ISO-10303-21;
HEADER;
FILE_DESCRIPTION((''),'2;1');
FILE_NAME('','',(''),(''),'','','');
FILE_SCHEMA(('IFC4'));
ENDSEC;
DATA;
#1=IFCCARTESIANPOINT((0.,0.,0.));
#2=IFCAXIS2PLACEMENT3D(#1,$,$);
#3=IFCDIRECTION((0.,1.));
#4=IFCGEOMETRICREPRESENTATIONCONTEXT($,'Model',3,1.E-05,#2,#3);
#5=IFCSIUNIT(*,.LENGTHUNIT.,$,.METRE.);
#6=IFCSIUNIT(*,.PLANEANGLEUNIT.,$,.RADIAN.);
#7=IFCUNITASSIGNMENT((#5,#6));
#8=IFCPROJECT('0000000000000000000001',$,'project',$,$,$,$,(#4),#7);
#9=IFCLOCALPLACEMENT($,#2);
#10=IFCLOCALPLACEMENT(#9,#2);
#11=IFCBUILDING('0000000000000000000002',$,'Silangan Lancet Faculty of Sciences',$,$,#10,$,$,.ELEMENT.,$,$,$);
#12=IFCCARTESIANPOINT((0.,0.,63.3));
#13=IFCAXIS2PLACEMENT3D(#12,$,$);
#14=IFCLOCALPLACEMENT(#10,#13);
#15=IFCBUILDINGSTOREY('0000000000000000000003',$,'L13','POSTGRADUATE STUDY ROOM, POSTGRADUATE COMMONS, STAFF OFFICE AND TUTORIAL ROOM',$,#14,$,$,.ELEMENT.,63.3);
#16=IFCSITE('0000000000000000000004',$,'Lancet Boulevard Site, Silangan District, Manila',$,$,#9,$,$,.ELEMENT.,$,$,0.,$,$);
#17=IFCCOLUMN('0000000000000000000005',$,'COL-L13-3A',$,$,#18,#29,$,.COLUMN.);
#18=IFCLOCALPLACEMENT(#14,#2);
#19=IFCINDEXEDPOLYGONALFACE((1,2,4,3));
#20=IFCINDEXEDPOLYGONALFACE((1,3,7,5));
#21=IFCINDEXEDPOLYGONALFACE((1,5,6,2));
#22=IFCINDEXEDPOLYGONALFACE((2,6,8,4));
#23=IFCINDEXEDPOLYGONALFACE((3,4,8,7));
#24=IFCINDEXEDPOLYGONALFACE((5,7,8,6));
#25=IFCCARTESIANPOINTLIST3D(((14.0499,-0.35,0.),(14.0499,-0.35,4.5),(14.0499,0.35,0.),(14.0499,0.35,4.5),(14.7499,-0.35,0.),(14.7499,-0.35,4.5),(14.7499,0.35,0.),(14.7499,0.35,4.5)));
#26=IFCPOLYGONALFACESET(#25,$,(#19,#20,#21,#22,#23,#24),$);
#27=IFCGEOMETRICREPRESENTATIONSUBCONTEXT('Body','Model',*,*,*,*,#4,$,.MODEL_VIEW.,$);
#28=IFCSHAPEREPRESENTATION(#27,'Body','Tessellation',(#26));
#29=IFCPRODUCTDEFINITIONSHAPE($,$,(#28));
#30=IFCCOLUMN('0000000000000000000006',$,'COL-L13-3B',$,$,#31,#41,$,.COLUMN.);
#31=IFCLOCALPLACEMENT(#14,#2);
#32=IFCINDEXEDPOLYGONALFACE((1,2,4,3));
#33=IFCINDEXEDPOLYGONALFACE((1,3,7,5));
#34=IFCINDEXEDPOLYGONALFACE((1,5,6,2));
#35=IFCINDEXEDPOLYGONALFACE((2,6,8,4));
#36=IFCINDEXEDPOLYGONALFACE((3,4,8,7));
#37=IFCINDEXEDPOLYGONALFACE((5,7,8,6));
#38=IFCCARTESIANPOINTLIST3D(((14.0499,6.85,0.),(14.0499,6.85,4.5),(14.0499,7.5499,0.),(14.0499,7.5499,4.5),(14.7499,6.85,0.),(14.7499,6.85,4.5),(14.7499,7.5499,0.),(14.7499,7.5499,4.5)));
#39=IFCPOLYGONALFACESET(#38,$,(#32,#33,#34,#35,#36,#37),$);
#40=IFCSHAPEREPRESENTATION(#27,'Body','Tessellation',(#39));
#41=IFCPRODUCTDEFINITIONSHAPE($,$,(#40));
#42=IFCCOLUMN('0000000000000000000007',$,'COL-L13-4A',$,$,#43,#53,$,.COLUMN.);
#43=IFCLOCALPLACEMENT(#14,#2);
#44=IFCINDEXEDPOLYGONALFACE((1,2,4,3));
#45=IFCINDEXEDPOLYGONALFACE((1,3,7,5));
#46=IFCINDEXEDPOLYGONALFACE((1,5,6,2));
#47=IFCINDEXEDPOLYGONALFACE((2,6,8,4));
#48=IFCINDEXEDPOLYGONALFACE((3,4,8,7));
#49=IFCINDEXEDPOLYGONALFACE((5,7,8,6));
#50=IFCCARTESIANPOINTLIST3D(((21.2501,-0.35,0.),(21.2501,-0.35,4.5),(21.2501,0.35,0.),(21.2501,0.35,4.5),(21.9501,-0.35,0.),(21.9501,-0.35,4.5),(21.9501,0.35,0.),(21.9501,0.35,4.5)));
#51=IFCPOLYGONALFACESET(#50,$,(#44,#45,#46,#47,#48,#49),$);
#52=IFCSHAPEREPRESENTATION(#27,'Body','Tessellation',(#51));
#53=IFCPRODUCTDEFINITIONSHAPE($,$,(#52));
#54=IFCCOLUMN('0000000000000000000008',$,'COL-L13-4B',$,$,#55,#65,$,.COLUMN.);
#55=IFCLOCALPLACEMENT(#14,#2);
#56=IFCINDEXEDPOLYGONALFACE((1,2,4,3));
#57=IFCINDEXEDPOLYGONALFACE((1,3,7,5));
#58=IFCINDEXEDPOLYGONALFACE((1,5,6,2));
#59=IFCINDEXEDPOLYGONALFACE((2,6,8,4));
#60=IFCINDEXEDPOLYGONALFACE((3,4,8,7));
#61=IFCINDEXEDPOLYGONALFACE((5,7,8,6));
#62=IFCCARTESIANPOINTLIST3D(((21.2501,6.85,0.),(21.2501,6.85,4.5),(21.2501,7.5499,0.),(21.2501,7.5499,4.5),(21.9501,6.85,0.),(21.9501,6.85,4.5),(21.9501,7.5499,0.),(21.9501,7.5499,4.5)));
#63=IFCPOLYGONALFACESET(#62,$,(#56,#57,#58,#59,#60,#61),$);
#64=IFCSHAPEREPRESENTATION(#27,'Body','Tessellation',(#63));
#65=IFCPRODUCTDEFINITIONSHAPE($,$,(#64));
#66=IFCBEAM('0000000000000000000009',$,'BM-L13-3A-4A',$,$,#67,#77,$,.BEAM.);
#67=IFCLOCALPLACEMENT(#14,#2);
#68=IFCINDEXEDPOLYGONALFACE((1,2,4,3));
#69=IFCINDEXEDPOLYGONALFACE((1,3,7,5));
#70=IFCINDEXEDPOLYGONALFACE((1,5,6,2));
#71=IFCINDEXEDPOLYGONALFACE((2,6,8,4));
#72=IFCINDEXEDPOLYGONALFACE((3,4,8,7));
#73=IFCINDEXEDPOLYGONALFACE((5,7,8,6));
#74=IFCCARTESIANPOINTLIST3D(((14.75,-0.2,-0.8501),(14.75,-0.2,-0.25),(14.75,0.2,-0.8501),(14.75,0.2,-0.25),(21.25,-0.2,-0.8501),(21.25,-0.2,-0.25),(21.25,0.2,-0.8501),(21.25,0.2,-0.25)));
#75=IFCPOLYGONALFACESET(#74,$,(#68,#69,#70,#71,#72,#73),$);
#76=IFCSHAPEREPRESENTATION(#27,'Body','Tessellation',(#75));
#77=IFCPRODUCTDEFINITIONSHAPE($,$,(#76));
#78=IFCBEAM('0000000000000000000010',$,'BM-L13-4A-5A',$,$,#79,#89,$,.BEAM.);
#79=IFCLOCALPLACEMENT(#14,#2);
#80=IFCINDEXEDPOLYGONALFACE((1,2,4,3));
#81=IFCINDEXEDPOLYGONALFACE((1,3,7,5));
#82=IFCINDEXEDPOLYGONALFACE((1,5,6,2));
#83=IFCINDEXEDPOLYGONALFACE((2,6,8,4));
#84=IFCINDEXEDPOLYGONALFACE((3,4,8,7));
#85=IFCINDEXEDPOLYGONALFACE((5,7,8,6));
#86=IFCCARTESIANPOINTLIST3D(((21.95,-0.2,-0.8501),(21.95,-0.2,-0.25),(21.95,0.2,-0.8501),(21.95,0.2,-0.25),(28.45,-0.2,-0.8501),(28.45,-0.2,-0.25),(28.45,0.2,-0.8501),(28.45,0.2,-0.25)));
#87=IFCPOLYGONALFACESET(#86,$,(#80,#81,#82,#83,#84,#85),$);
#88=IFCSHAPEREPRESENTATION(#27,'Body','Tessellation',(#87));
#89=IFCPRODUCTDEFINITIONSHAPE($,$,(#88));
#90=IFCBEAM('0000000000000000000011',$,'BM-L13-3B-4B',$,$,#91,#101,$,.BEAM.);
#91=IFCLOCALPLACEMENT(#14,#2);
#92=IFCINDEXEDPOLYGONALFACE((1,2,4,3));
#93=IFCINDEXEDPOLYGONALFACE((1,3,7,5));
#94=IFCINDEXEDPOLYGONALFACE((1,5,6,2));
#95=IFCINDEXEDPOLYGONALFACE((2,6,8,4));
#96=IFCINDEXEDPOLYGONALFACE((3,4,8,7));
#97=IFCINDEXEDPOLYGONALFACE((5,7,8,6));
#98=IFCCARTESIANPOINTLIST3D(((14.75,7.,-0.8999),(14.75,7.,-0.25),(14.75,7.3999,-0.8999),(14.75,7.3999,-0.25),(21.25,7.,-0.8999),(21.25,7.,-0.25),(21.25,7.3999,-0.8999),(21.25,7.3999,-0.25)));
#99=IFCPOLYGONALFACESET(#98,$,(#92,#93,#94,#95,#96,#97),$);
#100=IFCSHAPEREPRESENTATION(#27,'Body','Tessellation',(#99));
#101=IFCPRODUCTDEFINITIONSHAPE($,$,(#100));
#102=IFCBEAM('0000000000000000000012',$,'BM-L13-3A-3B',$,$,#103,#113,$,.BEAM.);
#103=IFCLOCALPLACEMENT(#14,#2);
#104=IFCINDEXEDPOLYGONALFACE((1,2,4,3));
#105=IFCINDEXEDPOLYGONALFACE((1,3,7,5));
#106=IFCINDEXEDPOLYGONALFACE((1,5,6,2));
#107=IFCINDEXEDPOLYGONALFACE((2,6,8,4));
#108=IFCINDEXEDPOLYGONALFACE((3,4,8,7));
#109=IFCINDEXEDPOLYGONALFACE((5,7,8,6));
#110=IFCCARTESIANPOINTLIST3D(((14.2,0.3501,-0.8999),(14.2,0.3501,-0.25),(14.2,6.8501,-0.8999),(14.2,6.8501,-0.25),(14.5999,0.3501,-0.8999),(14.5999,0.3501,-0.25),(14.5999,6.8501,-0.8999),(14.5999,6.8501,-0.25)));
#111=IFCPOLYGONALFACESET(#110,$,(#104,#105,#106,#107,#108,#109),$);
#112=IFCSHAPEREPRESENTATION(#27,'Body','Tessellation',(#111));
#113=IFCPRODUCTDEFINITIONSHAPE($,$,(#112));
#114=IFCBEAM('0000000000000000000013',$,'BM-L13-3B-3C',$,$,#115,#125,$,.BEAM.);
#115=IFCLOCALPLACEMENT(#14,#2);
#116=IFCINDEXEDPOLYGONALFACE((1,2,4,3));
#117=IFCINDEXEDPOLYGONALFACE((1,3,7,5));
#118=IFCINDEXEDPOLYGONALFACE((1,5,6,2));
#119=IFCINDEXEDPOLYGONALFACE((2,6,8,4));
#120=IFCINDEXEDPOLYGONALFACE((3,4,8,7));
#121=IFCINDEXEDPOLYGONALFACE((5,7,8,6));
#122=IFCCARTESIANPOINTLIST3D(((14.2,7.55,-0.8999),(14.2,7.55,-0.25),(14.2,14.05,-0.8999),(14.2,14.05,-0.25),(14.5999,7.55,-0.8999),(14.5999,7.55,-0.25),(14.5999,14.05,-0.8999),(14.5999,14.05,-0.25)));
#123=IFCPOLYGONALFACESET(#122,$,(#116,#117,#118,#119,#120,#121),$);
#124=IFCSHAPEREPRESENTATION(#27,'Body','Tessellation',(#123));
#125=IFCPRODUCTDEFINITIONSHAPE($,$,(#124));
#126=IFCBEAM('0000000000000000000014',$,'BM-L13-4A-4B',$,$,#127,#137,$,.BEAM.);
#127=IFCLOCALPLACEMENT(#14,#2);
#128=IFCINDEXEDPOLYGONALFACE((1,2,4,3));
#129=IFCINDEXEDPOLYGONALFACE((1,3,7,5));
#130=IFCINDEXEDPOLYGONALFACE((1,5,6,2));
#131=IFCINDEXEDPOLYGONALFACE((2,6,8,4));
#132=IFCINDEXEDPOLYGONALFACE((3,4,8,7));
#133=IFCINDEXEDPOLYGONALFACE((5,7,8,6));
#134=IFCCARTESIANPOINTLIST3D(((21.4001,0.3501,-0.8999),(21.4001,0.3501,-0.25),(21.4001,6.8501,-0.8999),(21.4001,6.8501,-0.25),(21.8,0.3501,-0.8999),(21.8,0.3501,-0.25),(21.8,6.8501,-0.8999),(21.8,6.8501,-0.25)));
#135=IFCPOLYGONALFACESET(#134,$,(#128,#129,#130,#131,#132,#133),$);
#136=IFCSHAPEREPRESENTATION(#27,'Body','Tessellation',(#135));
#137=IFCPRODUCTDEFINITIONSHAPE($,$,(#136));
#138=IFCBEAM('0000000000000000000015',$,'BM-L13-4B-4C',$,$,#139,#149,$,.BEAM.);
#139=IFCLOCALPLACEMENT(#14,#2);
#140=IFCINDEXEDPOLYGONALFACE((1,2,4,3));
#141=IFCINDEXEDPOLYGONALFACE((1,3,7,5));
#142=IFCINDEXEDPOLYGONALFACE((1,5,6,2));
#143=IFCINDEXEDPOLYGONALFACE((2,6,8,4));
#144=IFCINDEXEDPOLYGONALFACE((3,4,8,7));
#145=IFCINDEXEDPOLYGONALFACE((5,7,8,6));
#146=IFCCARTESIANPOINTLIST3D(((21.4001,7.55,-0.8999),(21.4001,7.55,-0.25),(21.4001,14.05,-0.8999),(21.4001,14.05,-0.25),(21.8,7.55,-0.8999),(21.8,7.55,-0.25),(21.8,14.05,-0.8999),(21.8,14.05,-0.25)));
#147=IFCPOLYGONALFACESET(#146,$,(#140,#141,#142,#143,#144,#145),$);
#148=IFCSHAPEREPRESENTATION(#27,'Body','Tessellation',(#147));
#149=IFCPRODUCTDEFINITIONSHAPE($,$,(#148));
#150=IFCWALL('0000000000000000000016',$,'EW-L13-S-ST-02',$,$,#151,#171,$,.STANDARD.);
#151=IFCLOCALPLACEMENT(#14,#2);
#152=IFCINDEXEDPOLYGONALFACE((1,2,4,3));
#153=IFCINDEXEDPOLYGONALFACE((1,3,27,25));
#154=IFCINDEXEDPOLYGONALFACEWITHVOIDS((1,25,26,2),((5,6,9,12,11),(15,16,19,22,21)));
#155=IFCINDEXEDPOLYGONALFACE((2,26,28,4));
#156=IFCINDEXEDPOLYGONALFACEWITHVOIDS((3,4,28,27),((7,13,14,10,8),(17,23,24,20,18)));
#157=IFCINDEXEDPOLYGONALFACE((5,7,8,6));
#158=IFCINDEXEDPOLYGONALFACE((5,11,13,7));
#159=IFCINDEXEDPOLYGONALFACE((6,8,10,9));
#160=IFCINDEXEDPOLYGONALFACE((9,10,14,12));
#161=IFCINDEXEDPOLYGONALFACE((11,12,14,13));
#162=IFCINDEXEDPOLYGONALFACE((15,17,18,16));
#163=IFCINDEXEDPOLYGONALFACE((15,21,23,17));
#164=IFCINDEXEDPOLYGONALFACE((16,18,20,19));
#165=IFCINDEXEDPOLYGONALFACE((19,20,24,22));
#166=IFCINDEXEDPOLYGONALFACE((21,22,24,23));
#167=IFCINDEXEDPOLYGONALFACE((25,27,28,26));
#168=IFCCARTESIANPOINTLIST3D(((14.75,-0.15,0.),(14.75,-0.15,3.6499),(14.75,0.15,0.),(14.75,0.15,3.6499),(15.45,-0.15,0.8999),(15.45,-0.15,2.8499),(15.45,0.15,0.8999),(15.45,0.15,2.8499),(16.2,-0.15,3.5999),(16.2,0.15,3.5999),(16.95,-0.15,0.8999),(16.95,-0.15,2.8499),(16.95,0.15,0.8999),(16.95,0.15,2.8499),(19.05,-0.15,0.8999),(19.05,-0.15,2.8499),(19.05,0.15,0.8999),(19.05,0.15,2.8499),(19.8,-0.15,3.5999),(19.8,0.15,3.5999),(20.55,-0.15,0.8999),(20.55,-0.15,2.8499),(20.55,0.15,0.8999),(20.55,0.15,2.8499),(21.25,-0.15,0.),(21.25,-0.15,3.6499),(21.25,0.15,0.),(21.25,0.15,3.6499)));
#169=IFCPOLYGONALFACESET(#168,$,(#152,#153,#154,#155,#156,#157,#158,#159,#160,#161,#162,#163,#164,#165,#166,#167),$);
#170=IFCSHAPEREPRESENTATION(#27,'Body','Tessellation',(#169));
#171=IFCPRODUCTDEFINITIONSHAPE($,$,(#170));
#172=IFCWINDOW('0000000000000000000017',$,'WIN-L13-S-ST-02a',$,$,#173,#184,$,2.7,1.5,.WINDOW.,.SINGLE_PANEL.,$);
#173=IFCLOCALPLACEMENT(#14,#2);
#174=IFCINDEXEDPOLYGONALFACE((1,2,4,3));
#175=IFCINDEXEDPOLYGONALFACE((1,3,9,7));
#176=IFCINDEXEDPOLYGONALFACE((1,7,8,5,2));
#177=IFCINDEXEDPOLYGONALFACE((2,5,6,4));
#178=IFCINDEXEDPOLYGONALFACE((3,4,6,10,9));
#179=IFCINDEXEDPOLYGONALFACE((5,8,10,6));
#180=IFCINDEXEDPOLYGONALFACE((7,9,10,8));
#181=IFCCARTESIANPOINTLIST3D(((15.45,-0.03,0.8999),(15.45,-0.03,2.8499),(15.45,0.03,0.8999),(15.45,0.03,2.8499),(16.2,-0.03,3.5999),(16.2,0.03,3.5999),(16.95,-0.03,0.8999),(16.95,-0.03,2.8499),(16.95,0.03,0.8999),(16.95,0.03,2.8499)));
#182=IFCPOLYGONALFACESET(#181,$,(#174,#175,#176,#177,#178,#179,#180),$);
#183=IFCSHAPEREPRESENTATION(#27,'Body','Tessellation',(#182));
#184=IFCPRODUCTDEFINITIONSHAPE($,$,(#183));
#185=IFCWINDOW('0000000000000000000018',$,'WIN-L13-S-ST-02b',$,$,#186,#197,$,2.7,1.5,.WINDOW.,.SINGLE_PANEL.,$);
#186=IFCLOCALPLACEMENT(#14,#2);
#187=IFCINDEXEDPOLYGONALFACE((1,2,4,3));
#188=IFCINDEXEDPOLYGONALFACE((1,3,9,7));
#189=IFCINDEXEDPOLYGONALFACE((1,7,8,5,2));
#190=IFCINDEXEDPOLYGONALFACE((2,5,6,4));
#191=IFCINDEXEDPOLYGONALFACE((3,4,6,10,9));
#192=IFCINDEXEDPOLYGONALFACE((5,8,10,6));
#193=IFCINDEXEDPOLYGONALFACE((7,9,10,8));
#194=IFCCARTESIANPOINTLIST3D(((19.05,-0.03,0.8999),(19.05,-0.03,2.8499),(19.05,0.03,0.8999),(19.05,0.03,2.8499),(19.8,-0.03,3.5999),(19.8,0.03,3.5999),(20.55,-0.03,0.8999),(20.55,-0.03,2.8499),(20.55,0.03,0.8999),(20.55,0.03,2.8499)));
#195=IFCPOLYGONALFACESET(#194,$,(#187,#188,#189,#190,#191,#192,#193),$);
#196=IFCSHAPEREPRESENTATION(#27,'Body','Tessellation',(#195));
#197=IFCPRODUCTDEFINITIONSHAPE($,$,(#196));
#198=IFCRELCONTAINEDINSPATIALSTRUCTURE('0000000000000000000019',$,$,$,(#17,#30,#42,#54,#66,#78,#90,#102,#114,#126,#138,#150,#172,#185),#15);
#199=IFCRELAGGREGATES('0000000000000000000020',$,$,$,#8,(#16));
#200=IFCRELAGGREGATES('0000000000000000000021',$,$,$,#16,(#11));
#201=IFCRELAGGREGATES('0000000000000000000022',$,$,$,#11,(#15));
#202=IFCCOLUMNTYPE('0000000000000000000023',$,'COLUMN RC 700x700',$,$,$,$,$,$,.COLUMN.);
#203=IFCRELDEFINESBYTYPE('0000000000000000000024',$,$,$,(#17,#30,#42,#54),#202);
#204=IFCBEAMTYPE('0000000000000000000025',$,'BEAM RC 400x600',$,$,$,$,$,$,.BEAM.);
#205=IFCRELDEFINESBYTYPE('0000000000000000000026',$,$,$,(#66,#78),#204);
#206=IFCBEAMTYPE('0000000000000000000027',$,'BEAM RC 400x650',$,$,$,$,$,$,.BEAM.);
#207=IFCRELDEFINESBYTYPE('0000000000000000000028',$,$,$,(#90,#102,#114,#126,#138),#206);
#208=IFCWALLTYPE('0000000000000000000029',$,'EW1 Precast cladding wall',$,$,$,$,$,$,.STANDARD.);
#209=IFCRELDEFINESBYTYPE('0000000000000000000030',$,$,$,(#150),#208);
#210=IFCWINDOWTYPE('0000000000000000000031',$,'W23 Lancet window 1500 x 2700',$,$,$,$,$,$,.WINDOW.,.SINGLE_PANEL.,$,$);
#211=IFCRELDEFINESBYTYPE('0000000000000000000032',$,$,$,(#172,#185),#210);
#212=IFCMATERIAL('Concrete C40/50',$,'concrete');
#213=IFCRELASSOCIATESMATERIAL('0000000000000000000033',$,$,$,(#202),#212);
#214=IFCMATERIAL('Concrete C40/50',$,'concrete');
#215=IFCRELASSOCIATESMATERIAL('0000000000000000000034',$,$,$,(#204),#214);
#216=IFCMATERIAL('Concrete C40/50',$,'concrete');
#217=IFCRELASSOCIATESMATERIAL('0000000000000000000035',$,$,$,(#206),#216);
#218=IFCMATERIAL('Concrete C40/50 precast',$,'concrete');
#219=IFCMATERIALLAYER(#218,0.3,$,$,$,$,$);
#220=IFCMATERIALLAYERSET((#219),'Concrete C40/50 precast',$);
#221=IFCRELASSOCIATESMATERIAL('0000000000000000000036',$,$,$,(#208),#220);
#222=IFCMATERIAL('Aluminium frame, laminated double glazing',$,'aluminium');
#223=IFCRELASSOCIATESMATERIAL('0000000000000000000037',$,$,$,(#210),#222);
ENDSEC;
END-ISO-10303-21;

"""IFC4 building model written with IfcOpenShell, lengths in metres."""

from ifc_helpers import new_model, si_unit, direction, frame, frame_2d, origin, origin_2d, place, context, subcontext, project, spatial, polyline, rectangle, outline, extrude, material, layer, layer_set, material_profile, profile_set, type_object, element, fill, save


model = new_model("IFC4")

# Units and contexts
model_context = context("Model", 3, precision=1e-05, world=origin(), true_north=direction((0.0, 1.0)))
body_context = subcontext(model_context, "Body", "Model", "MODEL_VIEW")
ifc_project = project(units=[si_unit("LENGTHUNIT", "METRE"), si_unit("PLANEANGLEUNIT", "RADIAN")], contexts=[model_context])

# Site, building, storey
site_placement = place(None, origin())
site = spatial("IfcSite", under=ifc_project, at=site_placement, Name="Lancet Boulevard Site, Silangan District, Manila", CompositionType="ELEMENT", RefElevation=0.0)
building_placement = place(site_placement, origin())
building = spatial("IfcBuilding", under=site, at=building_placement, Name="Silangan Lancet Faculty of Sciences", CompositionType="ELEMENT")
storey_placement = place(building_placement, frame((0.0, 0.0, 63.3)))
storey = spatial("IfcBuildingStorey", under=building, at=storey_placement, Name="L13", Description="POSTGRADUATE STUDY ROOM, POSTGRADUATE COMMONS, STAFF OFFICE AND TUTORIAL ROOM", CompositionType="ELEMENT", Elevation=63.3)

# Columns
ifc_material_1 = material(Name="Concrete C40/50", Category="concrete")
ifc_material_profile_1 = material_profile(ifc_material_1, rectangle(XDim=0.7, YDim=0.7, at=origin_2d()), Name="RC 700x700")
ifc_profile_set_1 = profile_set([ifc_material_profile_1], Name="Concrete C40/50")
column_type = type_object("IfcColumnType", Name="COLUMN RC 700x700", PredefinedType="COLUMN", material=ifc_profile_set_1)
for number, where, z_axis, x_axis, name in (
    (1, (14.3999, 0.0, 0.0), (0.0, 0.0, 1.0), (1.0, 0.0, 0.0), "COL-L13-3A"),
    (2, (14.3999, 7.2, 0.0), (0.0, 0.0, 1.0), (1.0, 0.0, 0.0), "COL-L13-3B"),
    (3, (21.6001, 0.0, 0.0), (0.0, 0.0, 1.0), (1.0, 0.0, 0.0), "COL-L13-4A"),
    (4, (21.6001, 7.2, 0.0), (0.0, 0.0, 1.0), (1.0, 0.0, 0.0), "COL-L13-4B"),
):
    element("IfcColumn", number, at=place(storey_placement, frame(where, z_axis=z_axis, x_axis=x_axis)), inside=storey, type_object=column_type, Name=name, PredefinedType="COLUMN", context=body_context, shape_type="SweptSolid", body=[
        extrude(rectangle(XDim=0.7, YDim=0.7, at=origin_2d()), origin(), (0.0, 0.0, 1.0), 4.5),
    ])

# Beams
ifc_material_2 = material(Name="Concrete C40/50", Category="concrete")
ifc_material_profile_2 = material_profile(ifc_material_2, rectangle(XDim=0.3999, YDim=0.6001, at=origin_2d()), Name="RC 400x600")
ifc_profile_set_2 = profile_set([ifc_material_profile_2], Name="Concrete C40/50")
beam_type_1 = type_object("IfcBeamType", Name="BEAM RC 400x600", PredefinedType="BEAM", material=ifc_profile_set_2)
for number, where, z_axis, x_axis, name in (
    (5, (14.75, 0.0, -0.55), (1.0, 0.0, 0.0), (0.0, 1.0, 0.0), "BM-L13-3A-4A"),
    (6, (21.95, 0.0, -0.55), (1.0, 0.0, 0.0), (0.0, 1.0, 0.0), "BM-L13-4A-5A"),
):
    element("IfcBeam", number, at=place(storey_placement, frame(where, z_axis=z_axis, x_axis=x_axis)), inside=storey, type_object=beam_type_1, Name=name, PredefinedType="BEAM", context=body_context, shape_type="SweptSolid", body=[
        extrude(rectangle(XDim=0.3999, YDim=0.6001, at=origin_2d()), origin(), (0.0, 0.0, 1.0), 6.5),
    ])
ifc_material_3 = material(Name="Concrete C40/50", Category="concrete")
ifc_material_profile_3 = material_profile(ifc_material_3, rectangle(XDim=0.3999, YDim=0.6499, at=origin_2d()), Name="RC 400x650")
ifc_profile_set_3 = profile_set([ifc_material_profile_3], Name="Concrete C40/50")
beam_type_2 = type_object("IfcBeamType", Name="BEAM RC 400x650", PredefinedType="BEAM", material=ifc_profile_set_3)
for number, where, z_axis, x_axis, name in (
    (7, (14.75, 7.2, -0.575), (1.0, 0.0, 0.0), (0.0, 1.0, 0.0), "BM-L13-3B-4B"),
    (8, (14.3999, 0.3501, -0.575), (0.0, 1.0, 0.0), (-1.0, 0.0, 0.0), "BM-L13-3A-3B"),
    (9, (14.3999, 7.55, -0.575), (0.0, 1.0, 0.0), (-1.0, 0.0, 0.0), "BM-L13-3B-3C"),
    (10, (21.6001, 0.3501, -0.575), (0.0, 1.0, 0.0), (-1.0, 0.0, 0.0), "BM-L13-4A-4B"),
    (11, (21.6001, 7.55, -0.575), (0.0, 1.0, 0.0), (-1.0, 0.0, 0.0), "BM-L13-4B-4C"),
):
    element("IfcBeam", number, at=place(storey_placement, frame(where, z_axis=z_axis, x_axis=x_axis)), inside=storey, type_object=beam_type_2, Name=name, PredefinedType="BEAM", context=body_context, shape_type="SweptSolid", body=[
        extrude(rectangle(XDim=0.3999, YDim=0.6499, at=origin_2d()), origin(), (0.0, 0.0, 1.0), 6.5),
    ])

# Wall, openings, windows
ifc_material_4 = material(Name="Concrete C40/50 precast", Category="concrete")
ifc_layer_1 = layer(ifc_material_4, 0.3)
ifc_layer_set_1 = layer_set([ifc_layer_1], Name="Concrete C40/50 precast")
wall_type_1 = type_object("IfcWallType", Name="EW1 Precast cladding wall", PredefinedType="STANDARD", material=ifc_layer_set_1)
wall_1_placement = place(storey_placement, frame((14.75, 0.0, 0.0), z_axis=(0.0, 0.0, 1.0), x_axis=(1.0, 0.0, 0.0)))
wall_1 = element("IfcWall", 12, at=wall_1_placement, inside=storey, type_object=wall_type_1, Name="EW-L13-S-ST-02", PredefinedType="STANDARD", context=body_context, shape_type="SweptSolid", body=[
    extrude(rectangle(XDim=6.5, YDim=0.3, at=frame_2d((3.25, 0.0))), origin(), (0.0, 0.0, 1.0), 3.6499),
])
opening_1_placement = place(wall_1_placement, frame((0.7, 0.0, 0.8999)))
opening_1 = element("IfcOpeningElement", 13, at=opening_1_placement, cuts=wall_1, PredefinedType="OPENING", context=body_context, shape_type="SweptSolid", body=[
    extrude(outline(polyline([(0.0, 0.0), (1.5, 0.0), (1.5, 1.95), (0.75, 2.7), (0.0, 1.95), (0.0, 0.0)])), frame((0.0, 0.1599, 0.0), z_axis=(0.0, -1.0, 0.0), x_axis=(1.0, 0.0, 0.0)), (0.0, 0.0, 1.0), 0.3201),
])
opening_2_placement = place(wall_1_placement, frame((4.3, 0.0, 0.8999)))
opening_2 = element("IfcOpeningElement", 14, at=opening_2_placement, cuts=wall_1, PredefinedType="OPENING", context=body_context, shape_type="SweptSolid", body=[
    extrude(outline(polyline([(0.0, 0.0), (1.5, 0.0), (1.5, 1.95), (0.75, 2.7), (0.0, 1.95), (0.0, 0.0)])), frame((0.0, 0.1599, 0.0), z_axis=(0.0, -1.0, 0.0), x_axis=(1.0, 0.0, 0.0)), (0.0, 0.0, 1.0), 0.3201),
])
ifc_material_5 = material(Name="Aluminium frame, laminated double glazing", Category="aluminium")
window_type_1 = type_object("IfcWindowType", Name="W23 Lancet window 1500 x 2700", PartitioningType="SINGLE_PANEL", PredefinedType="WINDOW", material=ifc_material_5)
window_1_placement = place(opening_1_placement, origin())
window_1 = element("IfcWindow", 15, at=window_1_placement, inside=storey, type_object=window_type_1, Name="WIN-L13-S-ST-02a", OverallHeight=2.7, OverallWidth=1.5, PartitioningType="SINGLE_PANEL", PredefinedType="WINDOW", context=body_context, shape_type="SweptSolid", body=[
    extrude(outline(polyline([(0.0, 0.0), (1.5, 0.0), (1.5, 1.95), (0.75, 2.7), (0.0, 1.95), (0.0, 0.0)])), frame((0.0, 0.03, 0.0), z_axis=(0.0, -1.0, 0.0), x_axis=(1.0, 0.0, 0.0)), (0.0, 0.0, 1.0), 0.0601),
])
fill(opening_1, window_1)
window_2_placement = place(opening_2_placement, origin())
window_2 = element("IfcWindow", 16, at=window_2_placement, inside=storey, type_object=window_type_1, Name="WIN-L13-S-ST-02b", OverallHeight=2.7, OverallWidth=1.5, PartitioningType="SINGLE_PANEL", PredefinedType="WINDOW", context=body_context, shape_type="SweptSolid", body=[
    extrude(outline(polyline([(0.0, 0.0), (1.5, 0.0), (1.5, 1.95), (0.75, 2.7), (0.0, 1.95), (0.0, 0.0)])), frame((0.0, 0.03, 0.0), z_axis=(0.0, -1.0, 0.0), x_axis=(1.0, 0.0, 0.0)), (0.0, 0.0, 1.0), 0.0601),
])
fill(opening_2, window_2)

save(model, "model.ifc")
